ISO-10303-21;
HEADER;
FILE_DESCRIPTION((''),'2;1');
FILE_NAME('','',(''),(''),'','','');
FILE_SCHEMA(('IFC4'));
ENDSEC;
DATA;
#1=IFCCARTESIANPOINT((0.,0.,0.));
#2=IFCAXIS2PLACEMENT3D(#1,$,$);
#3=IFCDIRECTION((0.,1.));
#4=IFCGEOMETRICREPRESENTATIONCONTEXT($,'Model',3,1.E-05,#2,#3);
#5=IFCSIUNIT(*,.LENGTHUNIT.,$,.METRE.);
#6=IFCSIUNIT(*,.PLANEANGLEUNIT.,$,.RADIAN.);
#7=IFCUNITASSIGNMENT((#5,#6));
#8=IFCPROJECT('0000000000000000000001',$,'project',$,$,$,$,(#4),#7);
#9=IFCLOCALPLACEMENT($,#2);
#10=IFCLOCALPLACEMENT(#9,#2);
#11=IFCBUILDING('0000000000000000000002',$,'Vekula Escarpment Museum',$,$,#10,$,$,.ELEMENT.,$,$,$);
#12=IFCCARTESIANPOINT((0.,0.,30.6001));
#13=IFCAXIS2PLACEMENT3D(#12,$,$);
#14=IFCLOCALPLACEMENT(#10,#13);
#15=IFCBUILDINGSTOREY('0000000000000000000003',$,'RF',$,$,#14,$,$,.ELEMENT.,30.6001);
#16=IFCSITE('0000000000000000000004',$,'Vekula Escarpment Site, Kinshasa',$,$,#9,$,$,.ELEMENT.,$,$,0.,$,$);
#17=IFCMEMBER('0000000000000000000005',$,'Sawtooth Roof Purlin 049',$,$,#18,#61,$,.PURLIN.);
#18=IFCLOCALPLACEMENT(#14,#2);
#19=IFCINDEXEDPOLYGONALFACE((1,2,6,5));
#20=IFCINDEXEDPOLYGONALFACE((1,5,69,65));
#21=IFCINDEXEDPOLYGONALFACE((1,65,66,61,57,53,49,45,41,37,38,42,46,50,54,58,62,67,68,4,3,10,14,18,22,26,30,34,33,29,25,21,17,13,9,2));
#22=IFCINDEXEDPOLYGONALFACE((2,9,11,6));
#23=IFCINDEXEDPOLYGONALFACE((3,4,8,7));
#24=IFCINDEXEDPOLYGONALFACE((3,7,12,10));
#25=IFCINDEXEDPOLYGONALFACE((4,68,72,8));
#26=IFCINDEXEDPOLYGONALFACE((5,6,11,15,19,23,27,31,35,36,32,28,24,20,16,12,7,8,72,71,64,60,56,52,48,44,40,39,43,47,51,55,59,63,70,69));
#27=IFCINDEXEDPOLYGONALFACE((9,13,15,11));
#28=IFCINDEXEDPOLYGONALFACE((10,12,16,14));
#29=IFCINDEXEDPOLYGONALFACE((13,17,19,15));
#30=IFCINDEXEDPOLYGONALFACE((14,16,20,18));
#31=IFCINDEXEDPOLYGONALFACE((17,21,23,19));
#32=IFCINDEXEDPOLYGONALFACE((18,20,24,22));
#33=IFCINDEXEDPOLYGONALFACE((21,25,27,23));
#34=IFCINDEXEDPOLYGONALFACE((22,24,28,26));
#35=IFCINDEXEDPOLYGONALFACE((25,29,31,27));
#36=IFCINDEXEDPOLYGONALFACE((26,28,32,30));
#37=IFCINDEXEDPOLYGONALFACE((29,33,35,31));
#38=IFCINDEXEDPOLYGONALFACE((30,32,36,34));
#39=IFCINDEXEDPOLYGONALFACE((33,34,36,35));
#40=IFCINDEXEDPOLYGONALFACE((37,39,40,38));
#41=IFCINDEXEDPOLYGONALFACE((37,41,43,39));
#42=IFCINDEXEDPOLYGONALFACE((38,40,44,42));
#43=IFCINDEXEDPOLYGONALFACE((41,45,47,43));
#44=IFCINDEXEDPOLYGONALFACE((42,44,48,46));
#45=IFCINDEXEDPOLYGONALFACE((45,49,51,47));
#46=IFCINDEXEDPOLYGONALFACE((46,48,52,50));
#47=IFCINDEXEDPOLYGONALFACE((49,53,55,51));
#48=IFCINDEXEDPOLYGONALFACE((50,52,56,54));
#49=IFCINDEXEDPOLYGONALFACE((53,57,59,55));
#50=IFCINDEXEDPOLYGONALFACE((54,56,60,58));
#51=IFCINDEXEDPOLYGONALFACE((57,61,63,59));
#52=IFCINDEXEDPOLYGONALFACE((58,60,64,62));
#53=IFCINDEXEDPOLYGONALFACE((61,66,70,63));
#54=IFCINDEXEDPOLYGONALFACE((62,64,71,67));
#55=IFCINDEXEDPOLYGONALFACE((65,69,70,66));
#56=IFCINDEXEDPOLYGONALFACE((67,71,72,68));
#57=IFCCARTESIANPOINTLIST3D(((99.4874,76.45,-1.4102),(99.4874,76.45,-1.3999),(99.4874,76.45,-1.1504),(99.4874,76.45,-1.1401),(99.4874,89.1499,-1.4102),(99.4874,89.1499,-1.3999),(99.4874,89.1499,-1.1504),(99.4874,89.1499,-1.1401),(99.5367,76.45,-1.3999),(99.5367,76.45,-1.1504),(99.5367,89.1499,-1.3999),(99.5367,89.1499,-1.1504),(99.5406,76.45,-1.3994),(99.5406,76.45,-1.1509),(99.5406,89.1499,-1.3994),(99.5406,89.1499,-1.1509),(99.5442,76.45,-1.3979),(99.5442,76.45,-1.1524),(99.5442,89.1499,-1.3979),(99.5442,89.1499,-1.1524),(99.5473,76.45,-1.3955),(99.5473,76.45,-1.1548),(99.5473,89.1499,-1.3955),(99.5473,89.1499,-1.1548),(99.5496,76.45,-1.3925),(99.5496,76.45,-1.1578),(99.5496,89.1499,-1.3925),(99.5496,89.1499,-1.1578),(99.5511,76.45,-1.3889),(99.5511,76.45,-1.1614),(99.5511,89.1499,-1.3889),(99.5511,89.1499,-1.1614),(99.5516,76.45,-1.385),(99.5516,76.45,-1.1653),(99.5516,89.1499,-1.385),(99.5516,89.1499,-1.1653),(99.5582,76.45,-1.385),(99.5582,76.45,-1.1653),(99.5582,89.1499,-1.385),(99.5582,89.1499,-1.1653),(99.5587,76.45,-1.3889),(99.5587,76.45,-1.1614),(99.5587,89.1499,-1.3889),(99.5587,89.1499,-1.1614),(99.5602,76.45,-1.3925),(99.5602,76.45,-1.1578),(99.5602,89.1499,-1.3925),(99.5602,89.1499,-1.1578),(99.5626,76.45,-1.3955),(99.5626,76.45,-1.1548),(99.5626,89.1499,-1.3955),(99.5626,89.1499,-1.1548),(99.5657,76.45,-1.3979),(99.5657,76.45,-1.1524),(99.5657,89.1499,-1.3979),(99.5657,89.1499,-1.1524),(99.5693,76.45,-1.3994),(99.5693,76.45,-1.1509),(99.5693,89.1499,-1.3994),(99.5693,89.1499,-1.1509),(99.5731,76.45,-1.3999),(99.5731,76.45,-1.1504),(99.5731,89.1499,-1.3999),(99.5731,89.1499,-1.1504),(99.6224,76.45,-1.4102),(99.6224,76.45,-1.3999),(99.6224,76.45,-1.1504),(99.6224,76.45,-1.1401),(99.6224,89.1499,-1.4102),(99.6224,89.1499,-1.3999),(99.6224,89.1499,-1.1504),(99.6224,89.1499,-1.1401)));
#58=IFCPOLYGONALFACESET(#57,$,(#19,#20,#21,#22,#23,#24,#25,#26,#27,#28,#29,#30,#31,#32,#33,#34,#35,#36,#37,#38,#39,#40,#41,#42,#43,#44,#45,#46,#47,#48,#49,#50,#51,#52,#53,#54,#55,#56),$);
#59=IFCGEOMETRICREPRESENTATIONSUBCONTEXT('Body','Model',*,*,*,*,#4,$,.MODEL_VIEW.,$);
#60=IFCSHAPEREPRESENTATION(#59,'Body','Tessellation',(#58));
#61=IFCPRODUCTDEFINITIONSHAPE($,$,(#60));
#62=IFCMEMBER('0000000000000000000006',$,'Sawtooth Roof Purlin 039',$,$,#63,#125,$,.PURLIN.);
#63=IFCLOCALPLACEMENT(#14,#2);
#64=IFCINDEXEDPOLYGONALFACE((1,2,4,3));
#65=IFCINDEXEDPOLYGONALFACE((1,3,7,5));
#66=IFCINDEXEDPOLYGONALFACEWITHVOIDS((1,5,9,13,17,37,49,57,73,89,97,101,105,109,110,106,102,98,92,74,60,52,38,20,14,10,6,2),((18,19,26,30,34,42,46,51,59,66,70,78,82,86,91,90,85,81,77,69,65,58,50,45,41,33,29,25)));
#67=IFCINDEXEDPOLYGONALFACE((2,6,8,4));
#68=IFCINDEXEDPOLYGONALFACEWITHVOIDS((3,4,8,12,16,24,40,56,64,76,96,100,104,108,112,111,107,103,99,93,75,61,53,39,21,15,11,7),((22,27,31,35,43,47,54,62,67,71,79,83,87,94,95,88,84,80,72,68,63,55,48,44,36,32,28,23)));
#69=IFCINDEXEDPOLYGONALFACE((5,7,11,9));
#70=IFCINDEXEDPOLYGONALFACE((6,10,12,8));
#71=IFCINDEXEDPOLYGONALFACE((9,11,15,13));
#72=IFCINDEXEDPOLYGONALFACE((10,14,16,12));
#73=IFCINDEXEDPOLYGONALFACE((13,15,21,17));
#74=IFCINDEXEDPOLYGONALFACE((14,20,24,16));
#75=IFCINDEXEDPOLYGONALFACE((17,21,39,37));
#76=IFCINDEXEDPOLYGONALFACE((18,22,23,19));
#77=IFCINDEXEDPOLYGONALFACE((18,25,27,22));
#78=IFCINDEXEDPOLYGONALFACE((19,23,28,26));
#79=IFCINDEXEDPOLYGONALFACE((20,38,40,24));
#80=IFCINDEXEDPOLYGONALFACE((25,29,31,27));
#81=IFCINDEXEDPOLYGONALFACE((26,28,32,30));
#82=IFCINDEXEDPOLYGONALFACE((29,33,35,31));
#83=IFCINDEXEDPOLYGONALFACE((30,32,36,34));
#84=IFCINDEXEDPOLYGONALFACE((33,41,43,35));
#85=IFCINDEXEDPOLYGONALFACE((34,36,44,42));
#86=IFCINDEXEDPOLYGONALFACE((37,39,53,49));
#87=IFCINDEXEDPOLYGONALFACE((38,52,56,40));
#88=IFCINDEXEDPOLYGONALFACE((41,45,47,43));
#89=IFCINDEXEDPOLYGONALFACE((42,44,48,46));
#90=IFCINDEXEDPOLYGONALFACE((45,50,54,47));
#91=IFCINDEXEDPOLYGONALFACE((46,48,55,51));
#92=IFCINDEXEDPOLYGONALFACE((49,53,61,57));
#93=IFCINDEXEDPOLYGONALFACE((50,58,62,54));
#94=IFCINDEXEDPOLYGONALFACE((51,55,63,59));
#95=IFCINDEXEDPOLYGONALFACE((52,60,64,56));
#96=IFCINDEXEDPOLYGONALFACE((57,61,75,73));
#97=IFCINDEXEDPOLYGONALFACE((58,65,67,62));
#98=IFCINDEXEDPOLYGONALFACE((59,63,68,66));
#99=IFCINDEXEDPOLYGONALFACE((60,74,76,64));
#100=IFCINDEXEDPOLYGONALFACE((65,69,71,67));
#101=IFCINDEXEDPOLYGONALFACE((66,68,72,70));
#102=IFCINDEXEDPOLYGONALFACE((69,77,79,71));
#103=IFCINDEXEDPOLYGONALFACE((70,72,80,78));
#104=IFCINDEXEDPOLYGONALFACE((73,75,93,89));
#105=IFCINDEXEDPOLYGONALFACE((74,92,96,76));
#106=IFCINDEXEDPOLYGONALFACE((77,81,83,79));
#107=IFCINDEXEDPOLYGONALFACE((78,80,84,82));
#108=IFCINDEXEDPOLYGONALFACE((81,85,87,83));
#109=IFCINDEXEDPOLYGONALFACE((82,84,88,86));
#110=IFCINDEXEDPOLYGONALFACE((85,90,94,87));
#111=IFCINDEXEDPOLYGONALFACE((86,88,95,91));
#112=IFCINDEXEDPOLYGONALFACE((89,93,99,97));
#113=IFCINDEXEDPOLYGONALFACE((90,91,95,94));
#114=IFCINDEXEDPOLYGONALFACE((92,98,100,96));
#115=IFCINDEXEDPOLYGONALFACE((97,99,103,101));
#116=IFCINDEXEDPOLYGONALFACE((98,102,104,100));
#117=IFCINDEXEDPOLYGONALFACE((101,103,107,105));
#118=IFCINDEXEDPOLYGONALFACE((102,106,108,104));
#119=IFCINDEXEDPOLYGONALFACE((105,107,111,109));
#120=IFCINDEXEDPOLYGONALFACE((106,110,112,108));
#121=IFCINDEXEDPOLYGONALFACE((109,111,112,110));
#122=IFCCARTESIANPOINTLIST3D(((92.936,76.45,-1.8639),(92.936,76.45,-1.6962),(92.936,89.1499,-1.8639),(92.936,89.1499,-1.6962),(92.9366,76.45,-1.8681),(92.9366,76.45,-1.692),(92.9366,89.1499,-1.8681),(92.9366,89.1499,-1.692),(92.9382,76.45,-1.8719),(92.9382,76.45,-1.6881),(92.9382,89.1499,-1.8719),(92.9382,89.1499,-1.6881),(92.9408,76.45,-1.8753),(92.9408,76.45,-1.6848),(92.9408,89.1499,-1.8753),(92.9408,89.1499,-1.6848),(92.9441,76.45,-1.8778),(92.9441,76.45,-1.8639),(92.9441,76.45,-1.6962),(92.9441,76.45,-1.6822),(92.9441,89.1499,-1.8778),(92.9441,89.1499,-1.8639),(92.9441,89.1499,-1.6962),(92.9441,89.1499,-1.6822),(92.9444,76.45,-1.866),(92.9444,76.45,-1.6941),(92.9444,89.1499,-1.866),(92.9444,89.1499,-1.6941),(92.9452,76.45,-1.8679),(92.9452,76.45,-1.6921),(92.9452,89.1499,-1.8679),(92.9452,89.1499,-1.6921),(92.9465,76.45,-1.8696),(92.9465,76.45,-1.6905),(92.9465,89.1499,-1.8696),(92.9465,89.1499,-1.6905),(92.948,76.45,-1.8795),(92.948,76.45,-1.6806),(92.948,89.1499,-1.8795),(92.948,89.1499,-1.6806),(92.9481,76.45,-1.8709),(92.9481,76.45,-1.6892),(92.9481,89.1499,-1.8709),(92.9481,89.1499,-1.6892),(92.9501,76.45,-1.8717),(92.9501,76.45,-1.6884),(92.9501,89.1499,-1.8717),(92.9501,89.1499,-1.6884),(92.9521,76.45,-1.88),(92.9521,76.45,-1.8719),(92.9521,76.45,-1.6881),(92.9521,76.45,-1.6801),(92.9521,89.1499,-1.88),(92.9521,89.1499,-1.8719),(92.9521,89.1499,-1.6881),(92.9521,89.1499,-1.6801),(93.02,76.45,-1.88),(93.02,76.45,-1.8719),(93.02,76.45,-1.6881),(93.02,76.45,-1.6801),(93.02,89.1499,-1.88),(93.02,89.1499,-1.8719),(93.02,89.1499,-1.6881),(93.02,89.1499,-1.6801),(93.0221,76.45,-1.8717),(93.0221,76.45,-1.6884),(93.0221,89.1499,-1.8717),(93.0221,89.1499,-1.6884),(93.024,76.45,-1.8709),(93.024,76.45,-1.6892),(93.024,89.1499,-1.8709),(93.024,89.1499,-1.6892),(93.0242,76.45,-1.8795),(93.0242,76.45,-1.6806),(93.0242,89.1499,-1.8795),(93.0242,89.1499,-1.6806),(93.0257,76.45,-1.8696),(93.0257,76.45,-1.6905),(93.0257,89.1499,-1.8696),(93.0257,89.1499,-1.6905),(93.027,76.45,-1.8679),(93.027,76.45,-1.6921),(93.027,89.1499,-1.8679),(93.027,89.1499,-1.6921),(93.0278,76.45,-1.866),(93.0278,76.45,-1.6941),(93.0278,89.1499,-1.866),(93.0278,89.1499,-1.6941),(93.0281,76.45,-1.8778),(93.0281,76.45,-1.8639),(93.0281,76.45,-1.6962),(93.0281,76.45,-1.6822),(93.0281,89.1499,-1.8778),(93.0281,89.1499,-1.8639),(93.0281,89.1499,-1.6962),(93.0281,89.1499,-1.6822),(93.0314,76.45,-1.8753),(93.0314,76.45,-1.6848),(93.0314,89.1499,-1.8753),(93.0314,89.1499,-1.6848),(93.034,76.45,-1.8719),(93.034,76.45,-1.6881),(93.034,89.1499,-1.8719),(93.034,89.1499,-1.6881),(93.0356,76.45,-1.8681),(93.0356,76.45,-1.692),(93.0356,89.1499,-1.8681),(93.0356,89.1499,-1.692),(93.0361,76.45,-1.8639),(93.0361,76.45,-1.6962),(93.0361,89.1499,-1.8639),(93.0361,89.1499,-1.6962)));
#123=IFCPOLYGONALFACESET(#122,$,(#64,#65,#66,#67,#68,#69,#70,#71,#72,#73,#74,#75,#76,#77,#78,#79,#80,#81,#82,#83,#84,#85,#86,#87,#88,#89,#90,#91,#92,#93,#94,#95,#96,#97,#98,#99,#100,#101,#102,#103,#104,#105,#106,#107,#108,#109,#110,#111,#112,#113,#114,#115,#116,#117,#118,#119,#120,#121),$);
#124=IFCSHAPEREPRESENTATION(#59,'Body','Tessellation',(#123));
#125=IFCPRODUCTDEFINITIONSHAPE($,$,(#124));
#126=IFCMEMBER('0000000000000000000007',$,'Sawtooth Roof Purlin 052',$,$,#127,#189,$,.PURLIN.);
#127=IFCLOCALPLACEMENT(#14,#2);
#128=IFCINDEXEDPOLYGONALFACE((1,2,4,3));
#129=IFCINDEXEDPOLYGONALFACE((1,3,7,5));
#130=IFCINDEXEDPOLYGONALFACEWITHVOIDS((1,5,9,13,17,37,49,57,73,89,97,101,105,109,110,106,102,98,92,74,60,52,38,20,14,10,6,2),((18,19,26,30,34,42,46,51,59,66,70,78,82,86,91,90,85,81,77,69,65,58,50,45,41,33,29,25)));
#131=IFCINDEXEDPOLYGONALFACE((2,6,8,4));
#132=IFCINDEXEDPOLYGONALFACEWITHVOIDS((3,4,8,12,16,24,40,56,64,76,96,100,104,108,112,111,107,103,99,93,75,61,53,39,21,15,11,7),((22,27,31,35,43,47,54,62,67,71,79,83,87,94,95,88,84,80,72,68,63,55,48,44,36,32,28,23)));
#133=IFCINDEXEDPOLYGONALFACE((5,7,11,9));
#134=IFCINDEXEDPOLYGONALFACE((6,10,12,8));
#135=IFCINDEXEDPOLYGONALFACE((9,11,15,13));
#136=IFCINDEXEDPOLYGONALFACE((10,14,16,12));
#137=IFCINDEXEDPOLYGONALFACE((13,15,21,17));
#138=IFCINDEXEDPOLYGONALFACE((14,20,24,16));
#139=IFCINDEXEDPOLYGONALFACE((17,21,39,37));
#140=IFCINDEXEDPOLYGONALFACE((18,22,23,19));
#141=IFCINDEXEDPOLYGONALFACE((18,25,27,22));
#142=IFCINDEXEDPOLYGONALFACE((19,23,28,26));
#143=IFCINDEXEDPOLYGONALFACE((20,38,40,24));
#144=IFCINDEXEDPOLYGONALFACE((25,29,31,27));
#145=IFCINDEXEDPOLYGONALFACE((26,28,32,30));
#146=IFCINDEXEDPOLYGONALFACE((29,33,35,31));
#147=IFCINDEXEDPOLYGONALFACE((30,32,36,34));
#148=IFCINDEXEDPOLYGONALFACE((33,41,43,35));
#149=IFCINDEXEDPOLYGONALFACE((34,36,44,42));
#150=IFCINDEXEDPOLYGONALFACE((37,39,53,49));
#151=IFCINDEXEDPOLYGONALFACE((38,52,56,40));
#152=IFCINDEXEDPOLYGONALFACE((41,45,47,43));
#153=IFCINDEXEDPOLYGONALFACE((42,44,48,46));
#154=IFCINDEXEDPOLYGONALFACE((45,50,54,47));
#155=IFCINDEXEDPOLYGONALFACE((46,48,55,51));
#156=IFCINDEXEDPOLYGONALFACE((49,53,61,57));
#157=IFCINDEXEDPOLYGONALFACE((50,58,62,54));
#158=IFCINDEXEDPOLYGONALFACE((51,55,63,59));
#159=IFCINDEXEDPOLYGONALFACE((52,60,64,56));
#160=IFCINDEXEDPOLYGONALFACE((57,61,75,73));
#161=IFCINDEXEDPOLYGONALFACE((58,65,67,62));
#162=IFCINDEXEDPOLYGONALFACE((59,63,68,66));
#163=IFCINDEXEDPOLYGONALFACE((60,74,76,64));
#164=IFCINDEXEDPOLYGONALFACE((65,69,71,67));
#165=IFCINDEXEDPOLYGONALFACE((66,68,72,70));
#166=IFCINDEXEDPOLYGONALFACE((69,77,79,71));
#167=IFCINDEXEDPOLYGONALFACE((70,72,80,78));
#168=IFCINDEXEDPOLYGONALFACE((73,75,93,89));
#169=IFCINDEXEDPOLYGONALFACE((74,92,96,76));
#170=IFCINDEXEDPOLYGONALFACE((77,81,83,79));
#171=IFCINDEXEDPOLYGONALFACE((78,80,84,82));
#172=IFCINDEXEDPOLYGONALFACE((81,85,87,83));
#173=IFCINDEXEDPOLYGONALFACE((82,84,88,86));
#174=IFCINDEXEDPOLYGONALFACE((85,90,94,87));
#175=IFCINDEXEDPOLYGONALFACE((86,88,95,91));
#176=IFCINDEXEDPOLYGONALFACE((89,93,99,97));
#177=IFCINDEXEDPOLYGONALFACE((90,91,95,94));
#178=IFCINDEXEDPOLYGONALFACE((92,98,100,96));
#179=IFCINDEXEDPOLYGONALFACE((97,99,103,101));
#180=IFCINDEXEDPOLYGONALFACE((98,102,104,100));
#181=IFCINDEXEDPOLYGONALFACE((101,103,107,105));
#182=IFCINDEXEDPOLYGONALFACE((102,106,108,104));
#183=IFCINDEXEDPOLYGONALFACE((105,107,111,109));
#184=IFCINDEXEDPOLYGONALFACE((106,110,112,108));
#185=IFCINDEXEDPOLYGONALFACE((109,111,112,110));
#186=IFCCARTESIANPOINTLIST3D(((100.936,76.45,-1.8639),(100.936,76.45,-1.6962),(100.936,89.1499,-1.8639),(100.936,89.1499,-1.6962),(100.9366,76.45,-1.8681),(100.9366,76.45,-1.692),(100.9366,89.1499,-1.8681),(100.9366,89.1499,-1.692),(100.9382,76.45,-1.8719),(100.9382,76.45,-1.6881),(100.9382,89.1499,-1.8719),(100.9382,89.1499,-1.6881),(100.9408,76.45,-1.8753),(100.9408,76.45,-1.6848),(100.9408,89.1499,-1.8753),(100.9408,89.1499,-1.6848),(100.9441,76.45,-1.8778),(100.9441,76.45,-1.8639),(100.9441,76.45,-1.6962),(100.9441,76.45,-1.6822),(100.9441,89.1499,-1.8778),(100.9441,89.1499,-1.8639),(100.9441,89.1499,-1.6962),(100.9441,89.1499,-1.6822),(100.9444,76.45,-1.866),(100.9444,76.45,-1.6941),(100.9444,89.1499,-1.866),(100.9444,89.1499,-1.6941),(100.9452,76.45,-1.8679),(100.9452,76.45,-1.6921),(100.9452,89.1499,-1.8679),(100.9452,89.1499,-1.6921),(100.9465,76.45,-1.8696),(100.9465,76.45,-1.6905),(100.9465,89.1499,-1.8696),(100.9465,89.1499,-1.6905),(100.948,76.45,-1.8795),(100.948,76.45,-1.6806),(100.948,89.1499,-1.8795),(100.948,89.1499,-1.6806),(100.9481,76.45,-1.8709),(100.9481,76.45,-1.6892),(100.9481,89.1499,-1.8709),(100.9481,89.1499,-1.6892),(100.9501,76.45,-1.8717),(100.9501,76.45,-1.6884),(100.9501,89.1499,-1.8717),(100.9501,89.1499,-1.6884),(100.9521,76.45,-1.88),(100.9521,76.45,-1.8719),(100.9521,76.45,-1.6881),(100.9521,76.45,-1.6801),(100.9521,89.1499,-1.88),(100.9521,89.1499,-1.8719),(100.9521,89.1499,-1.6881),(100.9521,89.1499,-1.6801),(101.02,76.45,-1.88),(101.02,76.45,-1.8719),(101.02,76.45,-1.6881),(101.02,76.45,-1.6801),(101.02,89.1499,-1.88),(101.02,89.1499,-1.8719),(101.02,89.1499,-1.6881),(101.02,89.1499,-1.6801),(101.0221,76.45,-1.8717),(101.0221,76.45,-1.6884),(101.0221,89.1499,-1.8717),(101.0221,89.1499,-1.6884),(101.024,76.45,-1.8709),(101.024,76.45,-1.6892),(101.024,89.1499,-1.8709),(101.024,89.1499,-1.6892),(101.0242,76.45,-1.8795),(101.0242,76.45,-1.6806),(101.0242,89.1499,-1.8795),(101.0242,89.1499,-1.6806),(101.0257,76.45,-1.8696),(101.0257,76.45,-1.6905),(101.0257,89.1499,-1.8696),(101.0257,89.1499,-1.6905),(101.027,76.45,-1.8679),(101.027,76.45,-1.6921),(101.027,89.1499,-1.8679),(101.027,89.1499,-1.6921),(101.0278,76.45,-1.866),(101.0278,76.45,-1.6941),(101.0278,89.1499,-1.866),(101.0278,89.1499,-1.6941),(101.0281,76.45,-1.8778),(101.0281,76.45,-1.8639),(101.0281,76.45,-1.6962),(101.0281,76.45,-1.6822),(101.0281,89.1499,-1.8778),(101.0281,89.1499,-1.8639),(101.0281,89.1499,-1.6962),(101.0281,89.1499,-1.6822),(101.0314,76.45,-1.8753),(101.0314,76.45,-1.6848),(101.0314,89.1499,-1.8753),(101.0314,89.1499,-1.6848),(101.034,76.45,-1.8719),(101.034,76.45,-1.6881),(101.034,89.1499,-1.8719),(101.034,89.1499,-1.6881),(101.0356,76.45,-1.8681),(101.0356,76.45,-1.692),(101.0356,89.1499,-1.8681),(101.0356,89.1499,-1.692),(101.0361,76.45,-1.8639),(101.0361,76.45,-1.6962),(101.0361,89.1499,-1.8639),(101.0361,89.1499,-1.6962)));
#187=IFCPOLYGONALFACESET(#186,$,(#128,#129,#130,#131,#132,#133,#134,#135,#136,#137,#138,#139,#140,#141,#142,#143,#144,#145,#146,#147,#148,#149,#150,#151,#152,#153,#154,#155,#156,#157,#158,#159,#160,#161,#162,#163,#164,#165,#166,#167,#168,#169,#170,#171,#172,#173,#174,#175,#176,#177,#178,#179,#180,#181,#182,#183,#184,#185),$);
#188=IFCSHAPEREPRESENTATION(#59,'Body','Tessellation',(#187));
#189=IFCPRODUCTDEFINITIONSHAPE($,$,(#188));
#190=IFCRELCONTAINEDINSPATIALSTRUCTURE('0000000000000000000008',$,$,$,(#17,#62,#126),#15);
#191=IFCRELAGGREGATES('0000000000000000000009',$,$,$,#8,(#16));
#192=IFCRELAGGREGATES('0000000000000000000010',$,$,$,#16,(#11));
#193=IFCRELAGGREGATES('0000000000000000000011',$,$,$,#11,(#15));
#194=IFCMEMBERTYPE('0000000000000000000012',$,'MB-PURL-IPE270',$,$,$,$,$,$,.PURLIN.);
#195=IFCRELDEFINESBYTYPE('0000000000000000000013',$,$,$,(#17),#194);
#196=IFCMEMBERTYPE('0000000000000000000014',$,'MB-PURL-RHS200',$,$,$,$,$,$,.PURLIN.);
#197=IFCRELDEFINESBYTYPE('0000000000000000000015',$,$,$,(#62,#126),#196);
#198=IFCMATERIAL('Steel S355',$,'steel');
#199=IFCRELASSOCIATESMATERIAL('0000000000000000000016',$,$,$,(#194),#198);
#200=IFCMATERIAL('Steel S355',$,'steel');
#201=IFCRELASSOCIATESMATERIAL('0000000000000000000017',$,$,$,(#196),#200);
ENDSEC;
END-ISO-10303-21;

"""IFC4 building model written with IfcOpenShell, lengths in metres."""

from ifc_helpers import new_model, si_unit, direction, frame, origin, origin_2d, place, context, subcontext, project, spatial, hollow_rectangle, i_section, extrude, material, material_profile, profile_set, type_object, element, save


model = new_model("IFC4")

# Units and contexts
model_context = context("Model", 3, precision=1e-05, world=origin(), true_north=direction((0.0, 1.0)))
body_context = subcontext(model_context, "Body", "Model", "MODEL_VIEW")
ifc_project = project(units=[si_unit("LENGTHUNIT", "METRE"), si_unit("PLANEANGLEUNIT", "RADIAN")], contexts=[model_context])

# Site, building, storey
site_placement = place(None, origin())
site = spatial("IfcSite", under=ifc_project, at=site_placement, Name="Vekula Escarpment Site, Kinshasa", CompositionType="ELEMENT", RefElevation=0.0)
building_placement = place(site_placement, origin())
building = spatial("IfcBuilding", under=site, at=building_placement, Name="Vekula Escarpment Museum", CompositionType="ELEMENT")
storey_placement = place(building_placement, frame((0.0, 0.0, 30.6001)))
storey = spatial("IfcBuildingStorey", under=building, at=storey_placement, Name="RF", CompositionType="ELEMENT", Elevation=30.6001)

# Members
ifc_material_1 = material(Name="Steel S355", Category="steel")
ifc_material_profile_1 = material_profile(ifc_material_1, i_section(OverallWidth=0.135, OverallDepth=0.27, WebThickness=0.0066, FlangeThickness=0.0103, FilletRadius=0.0149, at=origin_2d()), Name="IPE 270")
ifc_profile_set_1 = profile_set([ifc_material_profile_1], Name="Steel S355")
member_type_1 = type_object("IfcMemberType", Name="MB-PURL-IPE270", PredefinedType="PURLIN", material=ifc_profile_set_1)
for number, where, z_axis, x_axis, name in (
    (1, (99.5549, 76.45, -1.2751), (0.0, 1.0, 0.0), (-1.0, 0.0, 0.0), "Sawtooth Roof Purlin 049"),
):
    element("IfcMember", number, at=place(storey_placement, frame(where, z_axis=z_axis, x_axis=x_axis)), inside=storey, type_object=member_type_1, Name=name, PredefinedType="PURLIN", context=body_context, shape_type="SweptSolid", body=[
        extrude(i_section(OverallWidth=0.135, OverallDepth=0.27, WebThickness=0.0066, FlangeThickness=0.0103, FilletRadius=0.0149, at=origin_2d()), origin(), (0.0, 0.0, 1.0), 12.7),
    ])
ifc_material_2 = material(Name="Steel S355", Category="steel")
ifc_material_profile_2 = material_profile(ifc_material_2, hollow_rectangle(XDim=0.1001, YDim=0.2, WallThickness=0.0081, InnerFilletRadius=0.0081, OuterFilletRadius=0.0161, at=origin_2d()), Name="RHS 200x100x8")
ifc_profile_set_2 = profile_set([ifc_material_profile_2], Name="Steel S355")
member_type_2 = type_object("IfcMemberType", Name="MB-PURL-RHS200", PredefinedType="PURLIN", material=ifc_profile_set_2)
for number, where, z_axis, x_axis, name in (
    (2, (92.9861, 76.45, -1.78), (0.0, 1.0, 0.0), (-1.0, 0.0, 0.0), "Sawtooth Roof Purlin 039"),
    (3, (100.9861, 76.45, -1.78), (0.0, 1.0, 0.0), (-1.0, 0.0, 0.0), "Sawtooth Roof Purlin 052"),
):
    element("IfcMember", number, at=place(storey_placement, frame(where, z_axis=z_axis, x_axis=x_axis)), inside=storey, type_object=member_type_2, Name=name, PredefinedType="PURLIN", context=body_context, shape_type="SweptSolid", body=[
        extrude(hollow_rectangle(XDim=0.1001, YDim=0.2, WallThickness=0.0081, InnerFilletRadius=0.0081, OuterFilletRadius=0.0161, at=origin_2d()), origin(), (0.0, 0.0, 1.0), 12.7),
    ])

save(model, "model.ifc")
